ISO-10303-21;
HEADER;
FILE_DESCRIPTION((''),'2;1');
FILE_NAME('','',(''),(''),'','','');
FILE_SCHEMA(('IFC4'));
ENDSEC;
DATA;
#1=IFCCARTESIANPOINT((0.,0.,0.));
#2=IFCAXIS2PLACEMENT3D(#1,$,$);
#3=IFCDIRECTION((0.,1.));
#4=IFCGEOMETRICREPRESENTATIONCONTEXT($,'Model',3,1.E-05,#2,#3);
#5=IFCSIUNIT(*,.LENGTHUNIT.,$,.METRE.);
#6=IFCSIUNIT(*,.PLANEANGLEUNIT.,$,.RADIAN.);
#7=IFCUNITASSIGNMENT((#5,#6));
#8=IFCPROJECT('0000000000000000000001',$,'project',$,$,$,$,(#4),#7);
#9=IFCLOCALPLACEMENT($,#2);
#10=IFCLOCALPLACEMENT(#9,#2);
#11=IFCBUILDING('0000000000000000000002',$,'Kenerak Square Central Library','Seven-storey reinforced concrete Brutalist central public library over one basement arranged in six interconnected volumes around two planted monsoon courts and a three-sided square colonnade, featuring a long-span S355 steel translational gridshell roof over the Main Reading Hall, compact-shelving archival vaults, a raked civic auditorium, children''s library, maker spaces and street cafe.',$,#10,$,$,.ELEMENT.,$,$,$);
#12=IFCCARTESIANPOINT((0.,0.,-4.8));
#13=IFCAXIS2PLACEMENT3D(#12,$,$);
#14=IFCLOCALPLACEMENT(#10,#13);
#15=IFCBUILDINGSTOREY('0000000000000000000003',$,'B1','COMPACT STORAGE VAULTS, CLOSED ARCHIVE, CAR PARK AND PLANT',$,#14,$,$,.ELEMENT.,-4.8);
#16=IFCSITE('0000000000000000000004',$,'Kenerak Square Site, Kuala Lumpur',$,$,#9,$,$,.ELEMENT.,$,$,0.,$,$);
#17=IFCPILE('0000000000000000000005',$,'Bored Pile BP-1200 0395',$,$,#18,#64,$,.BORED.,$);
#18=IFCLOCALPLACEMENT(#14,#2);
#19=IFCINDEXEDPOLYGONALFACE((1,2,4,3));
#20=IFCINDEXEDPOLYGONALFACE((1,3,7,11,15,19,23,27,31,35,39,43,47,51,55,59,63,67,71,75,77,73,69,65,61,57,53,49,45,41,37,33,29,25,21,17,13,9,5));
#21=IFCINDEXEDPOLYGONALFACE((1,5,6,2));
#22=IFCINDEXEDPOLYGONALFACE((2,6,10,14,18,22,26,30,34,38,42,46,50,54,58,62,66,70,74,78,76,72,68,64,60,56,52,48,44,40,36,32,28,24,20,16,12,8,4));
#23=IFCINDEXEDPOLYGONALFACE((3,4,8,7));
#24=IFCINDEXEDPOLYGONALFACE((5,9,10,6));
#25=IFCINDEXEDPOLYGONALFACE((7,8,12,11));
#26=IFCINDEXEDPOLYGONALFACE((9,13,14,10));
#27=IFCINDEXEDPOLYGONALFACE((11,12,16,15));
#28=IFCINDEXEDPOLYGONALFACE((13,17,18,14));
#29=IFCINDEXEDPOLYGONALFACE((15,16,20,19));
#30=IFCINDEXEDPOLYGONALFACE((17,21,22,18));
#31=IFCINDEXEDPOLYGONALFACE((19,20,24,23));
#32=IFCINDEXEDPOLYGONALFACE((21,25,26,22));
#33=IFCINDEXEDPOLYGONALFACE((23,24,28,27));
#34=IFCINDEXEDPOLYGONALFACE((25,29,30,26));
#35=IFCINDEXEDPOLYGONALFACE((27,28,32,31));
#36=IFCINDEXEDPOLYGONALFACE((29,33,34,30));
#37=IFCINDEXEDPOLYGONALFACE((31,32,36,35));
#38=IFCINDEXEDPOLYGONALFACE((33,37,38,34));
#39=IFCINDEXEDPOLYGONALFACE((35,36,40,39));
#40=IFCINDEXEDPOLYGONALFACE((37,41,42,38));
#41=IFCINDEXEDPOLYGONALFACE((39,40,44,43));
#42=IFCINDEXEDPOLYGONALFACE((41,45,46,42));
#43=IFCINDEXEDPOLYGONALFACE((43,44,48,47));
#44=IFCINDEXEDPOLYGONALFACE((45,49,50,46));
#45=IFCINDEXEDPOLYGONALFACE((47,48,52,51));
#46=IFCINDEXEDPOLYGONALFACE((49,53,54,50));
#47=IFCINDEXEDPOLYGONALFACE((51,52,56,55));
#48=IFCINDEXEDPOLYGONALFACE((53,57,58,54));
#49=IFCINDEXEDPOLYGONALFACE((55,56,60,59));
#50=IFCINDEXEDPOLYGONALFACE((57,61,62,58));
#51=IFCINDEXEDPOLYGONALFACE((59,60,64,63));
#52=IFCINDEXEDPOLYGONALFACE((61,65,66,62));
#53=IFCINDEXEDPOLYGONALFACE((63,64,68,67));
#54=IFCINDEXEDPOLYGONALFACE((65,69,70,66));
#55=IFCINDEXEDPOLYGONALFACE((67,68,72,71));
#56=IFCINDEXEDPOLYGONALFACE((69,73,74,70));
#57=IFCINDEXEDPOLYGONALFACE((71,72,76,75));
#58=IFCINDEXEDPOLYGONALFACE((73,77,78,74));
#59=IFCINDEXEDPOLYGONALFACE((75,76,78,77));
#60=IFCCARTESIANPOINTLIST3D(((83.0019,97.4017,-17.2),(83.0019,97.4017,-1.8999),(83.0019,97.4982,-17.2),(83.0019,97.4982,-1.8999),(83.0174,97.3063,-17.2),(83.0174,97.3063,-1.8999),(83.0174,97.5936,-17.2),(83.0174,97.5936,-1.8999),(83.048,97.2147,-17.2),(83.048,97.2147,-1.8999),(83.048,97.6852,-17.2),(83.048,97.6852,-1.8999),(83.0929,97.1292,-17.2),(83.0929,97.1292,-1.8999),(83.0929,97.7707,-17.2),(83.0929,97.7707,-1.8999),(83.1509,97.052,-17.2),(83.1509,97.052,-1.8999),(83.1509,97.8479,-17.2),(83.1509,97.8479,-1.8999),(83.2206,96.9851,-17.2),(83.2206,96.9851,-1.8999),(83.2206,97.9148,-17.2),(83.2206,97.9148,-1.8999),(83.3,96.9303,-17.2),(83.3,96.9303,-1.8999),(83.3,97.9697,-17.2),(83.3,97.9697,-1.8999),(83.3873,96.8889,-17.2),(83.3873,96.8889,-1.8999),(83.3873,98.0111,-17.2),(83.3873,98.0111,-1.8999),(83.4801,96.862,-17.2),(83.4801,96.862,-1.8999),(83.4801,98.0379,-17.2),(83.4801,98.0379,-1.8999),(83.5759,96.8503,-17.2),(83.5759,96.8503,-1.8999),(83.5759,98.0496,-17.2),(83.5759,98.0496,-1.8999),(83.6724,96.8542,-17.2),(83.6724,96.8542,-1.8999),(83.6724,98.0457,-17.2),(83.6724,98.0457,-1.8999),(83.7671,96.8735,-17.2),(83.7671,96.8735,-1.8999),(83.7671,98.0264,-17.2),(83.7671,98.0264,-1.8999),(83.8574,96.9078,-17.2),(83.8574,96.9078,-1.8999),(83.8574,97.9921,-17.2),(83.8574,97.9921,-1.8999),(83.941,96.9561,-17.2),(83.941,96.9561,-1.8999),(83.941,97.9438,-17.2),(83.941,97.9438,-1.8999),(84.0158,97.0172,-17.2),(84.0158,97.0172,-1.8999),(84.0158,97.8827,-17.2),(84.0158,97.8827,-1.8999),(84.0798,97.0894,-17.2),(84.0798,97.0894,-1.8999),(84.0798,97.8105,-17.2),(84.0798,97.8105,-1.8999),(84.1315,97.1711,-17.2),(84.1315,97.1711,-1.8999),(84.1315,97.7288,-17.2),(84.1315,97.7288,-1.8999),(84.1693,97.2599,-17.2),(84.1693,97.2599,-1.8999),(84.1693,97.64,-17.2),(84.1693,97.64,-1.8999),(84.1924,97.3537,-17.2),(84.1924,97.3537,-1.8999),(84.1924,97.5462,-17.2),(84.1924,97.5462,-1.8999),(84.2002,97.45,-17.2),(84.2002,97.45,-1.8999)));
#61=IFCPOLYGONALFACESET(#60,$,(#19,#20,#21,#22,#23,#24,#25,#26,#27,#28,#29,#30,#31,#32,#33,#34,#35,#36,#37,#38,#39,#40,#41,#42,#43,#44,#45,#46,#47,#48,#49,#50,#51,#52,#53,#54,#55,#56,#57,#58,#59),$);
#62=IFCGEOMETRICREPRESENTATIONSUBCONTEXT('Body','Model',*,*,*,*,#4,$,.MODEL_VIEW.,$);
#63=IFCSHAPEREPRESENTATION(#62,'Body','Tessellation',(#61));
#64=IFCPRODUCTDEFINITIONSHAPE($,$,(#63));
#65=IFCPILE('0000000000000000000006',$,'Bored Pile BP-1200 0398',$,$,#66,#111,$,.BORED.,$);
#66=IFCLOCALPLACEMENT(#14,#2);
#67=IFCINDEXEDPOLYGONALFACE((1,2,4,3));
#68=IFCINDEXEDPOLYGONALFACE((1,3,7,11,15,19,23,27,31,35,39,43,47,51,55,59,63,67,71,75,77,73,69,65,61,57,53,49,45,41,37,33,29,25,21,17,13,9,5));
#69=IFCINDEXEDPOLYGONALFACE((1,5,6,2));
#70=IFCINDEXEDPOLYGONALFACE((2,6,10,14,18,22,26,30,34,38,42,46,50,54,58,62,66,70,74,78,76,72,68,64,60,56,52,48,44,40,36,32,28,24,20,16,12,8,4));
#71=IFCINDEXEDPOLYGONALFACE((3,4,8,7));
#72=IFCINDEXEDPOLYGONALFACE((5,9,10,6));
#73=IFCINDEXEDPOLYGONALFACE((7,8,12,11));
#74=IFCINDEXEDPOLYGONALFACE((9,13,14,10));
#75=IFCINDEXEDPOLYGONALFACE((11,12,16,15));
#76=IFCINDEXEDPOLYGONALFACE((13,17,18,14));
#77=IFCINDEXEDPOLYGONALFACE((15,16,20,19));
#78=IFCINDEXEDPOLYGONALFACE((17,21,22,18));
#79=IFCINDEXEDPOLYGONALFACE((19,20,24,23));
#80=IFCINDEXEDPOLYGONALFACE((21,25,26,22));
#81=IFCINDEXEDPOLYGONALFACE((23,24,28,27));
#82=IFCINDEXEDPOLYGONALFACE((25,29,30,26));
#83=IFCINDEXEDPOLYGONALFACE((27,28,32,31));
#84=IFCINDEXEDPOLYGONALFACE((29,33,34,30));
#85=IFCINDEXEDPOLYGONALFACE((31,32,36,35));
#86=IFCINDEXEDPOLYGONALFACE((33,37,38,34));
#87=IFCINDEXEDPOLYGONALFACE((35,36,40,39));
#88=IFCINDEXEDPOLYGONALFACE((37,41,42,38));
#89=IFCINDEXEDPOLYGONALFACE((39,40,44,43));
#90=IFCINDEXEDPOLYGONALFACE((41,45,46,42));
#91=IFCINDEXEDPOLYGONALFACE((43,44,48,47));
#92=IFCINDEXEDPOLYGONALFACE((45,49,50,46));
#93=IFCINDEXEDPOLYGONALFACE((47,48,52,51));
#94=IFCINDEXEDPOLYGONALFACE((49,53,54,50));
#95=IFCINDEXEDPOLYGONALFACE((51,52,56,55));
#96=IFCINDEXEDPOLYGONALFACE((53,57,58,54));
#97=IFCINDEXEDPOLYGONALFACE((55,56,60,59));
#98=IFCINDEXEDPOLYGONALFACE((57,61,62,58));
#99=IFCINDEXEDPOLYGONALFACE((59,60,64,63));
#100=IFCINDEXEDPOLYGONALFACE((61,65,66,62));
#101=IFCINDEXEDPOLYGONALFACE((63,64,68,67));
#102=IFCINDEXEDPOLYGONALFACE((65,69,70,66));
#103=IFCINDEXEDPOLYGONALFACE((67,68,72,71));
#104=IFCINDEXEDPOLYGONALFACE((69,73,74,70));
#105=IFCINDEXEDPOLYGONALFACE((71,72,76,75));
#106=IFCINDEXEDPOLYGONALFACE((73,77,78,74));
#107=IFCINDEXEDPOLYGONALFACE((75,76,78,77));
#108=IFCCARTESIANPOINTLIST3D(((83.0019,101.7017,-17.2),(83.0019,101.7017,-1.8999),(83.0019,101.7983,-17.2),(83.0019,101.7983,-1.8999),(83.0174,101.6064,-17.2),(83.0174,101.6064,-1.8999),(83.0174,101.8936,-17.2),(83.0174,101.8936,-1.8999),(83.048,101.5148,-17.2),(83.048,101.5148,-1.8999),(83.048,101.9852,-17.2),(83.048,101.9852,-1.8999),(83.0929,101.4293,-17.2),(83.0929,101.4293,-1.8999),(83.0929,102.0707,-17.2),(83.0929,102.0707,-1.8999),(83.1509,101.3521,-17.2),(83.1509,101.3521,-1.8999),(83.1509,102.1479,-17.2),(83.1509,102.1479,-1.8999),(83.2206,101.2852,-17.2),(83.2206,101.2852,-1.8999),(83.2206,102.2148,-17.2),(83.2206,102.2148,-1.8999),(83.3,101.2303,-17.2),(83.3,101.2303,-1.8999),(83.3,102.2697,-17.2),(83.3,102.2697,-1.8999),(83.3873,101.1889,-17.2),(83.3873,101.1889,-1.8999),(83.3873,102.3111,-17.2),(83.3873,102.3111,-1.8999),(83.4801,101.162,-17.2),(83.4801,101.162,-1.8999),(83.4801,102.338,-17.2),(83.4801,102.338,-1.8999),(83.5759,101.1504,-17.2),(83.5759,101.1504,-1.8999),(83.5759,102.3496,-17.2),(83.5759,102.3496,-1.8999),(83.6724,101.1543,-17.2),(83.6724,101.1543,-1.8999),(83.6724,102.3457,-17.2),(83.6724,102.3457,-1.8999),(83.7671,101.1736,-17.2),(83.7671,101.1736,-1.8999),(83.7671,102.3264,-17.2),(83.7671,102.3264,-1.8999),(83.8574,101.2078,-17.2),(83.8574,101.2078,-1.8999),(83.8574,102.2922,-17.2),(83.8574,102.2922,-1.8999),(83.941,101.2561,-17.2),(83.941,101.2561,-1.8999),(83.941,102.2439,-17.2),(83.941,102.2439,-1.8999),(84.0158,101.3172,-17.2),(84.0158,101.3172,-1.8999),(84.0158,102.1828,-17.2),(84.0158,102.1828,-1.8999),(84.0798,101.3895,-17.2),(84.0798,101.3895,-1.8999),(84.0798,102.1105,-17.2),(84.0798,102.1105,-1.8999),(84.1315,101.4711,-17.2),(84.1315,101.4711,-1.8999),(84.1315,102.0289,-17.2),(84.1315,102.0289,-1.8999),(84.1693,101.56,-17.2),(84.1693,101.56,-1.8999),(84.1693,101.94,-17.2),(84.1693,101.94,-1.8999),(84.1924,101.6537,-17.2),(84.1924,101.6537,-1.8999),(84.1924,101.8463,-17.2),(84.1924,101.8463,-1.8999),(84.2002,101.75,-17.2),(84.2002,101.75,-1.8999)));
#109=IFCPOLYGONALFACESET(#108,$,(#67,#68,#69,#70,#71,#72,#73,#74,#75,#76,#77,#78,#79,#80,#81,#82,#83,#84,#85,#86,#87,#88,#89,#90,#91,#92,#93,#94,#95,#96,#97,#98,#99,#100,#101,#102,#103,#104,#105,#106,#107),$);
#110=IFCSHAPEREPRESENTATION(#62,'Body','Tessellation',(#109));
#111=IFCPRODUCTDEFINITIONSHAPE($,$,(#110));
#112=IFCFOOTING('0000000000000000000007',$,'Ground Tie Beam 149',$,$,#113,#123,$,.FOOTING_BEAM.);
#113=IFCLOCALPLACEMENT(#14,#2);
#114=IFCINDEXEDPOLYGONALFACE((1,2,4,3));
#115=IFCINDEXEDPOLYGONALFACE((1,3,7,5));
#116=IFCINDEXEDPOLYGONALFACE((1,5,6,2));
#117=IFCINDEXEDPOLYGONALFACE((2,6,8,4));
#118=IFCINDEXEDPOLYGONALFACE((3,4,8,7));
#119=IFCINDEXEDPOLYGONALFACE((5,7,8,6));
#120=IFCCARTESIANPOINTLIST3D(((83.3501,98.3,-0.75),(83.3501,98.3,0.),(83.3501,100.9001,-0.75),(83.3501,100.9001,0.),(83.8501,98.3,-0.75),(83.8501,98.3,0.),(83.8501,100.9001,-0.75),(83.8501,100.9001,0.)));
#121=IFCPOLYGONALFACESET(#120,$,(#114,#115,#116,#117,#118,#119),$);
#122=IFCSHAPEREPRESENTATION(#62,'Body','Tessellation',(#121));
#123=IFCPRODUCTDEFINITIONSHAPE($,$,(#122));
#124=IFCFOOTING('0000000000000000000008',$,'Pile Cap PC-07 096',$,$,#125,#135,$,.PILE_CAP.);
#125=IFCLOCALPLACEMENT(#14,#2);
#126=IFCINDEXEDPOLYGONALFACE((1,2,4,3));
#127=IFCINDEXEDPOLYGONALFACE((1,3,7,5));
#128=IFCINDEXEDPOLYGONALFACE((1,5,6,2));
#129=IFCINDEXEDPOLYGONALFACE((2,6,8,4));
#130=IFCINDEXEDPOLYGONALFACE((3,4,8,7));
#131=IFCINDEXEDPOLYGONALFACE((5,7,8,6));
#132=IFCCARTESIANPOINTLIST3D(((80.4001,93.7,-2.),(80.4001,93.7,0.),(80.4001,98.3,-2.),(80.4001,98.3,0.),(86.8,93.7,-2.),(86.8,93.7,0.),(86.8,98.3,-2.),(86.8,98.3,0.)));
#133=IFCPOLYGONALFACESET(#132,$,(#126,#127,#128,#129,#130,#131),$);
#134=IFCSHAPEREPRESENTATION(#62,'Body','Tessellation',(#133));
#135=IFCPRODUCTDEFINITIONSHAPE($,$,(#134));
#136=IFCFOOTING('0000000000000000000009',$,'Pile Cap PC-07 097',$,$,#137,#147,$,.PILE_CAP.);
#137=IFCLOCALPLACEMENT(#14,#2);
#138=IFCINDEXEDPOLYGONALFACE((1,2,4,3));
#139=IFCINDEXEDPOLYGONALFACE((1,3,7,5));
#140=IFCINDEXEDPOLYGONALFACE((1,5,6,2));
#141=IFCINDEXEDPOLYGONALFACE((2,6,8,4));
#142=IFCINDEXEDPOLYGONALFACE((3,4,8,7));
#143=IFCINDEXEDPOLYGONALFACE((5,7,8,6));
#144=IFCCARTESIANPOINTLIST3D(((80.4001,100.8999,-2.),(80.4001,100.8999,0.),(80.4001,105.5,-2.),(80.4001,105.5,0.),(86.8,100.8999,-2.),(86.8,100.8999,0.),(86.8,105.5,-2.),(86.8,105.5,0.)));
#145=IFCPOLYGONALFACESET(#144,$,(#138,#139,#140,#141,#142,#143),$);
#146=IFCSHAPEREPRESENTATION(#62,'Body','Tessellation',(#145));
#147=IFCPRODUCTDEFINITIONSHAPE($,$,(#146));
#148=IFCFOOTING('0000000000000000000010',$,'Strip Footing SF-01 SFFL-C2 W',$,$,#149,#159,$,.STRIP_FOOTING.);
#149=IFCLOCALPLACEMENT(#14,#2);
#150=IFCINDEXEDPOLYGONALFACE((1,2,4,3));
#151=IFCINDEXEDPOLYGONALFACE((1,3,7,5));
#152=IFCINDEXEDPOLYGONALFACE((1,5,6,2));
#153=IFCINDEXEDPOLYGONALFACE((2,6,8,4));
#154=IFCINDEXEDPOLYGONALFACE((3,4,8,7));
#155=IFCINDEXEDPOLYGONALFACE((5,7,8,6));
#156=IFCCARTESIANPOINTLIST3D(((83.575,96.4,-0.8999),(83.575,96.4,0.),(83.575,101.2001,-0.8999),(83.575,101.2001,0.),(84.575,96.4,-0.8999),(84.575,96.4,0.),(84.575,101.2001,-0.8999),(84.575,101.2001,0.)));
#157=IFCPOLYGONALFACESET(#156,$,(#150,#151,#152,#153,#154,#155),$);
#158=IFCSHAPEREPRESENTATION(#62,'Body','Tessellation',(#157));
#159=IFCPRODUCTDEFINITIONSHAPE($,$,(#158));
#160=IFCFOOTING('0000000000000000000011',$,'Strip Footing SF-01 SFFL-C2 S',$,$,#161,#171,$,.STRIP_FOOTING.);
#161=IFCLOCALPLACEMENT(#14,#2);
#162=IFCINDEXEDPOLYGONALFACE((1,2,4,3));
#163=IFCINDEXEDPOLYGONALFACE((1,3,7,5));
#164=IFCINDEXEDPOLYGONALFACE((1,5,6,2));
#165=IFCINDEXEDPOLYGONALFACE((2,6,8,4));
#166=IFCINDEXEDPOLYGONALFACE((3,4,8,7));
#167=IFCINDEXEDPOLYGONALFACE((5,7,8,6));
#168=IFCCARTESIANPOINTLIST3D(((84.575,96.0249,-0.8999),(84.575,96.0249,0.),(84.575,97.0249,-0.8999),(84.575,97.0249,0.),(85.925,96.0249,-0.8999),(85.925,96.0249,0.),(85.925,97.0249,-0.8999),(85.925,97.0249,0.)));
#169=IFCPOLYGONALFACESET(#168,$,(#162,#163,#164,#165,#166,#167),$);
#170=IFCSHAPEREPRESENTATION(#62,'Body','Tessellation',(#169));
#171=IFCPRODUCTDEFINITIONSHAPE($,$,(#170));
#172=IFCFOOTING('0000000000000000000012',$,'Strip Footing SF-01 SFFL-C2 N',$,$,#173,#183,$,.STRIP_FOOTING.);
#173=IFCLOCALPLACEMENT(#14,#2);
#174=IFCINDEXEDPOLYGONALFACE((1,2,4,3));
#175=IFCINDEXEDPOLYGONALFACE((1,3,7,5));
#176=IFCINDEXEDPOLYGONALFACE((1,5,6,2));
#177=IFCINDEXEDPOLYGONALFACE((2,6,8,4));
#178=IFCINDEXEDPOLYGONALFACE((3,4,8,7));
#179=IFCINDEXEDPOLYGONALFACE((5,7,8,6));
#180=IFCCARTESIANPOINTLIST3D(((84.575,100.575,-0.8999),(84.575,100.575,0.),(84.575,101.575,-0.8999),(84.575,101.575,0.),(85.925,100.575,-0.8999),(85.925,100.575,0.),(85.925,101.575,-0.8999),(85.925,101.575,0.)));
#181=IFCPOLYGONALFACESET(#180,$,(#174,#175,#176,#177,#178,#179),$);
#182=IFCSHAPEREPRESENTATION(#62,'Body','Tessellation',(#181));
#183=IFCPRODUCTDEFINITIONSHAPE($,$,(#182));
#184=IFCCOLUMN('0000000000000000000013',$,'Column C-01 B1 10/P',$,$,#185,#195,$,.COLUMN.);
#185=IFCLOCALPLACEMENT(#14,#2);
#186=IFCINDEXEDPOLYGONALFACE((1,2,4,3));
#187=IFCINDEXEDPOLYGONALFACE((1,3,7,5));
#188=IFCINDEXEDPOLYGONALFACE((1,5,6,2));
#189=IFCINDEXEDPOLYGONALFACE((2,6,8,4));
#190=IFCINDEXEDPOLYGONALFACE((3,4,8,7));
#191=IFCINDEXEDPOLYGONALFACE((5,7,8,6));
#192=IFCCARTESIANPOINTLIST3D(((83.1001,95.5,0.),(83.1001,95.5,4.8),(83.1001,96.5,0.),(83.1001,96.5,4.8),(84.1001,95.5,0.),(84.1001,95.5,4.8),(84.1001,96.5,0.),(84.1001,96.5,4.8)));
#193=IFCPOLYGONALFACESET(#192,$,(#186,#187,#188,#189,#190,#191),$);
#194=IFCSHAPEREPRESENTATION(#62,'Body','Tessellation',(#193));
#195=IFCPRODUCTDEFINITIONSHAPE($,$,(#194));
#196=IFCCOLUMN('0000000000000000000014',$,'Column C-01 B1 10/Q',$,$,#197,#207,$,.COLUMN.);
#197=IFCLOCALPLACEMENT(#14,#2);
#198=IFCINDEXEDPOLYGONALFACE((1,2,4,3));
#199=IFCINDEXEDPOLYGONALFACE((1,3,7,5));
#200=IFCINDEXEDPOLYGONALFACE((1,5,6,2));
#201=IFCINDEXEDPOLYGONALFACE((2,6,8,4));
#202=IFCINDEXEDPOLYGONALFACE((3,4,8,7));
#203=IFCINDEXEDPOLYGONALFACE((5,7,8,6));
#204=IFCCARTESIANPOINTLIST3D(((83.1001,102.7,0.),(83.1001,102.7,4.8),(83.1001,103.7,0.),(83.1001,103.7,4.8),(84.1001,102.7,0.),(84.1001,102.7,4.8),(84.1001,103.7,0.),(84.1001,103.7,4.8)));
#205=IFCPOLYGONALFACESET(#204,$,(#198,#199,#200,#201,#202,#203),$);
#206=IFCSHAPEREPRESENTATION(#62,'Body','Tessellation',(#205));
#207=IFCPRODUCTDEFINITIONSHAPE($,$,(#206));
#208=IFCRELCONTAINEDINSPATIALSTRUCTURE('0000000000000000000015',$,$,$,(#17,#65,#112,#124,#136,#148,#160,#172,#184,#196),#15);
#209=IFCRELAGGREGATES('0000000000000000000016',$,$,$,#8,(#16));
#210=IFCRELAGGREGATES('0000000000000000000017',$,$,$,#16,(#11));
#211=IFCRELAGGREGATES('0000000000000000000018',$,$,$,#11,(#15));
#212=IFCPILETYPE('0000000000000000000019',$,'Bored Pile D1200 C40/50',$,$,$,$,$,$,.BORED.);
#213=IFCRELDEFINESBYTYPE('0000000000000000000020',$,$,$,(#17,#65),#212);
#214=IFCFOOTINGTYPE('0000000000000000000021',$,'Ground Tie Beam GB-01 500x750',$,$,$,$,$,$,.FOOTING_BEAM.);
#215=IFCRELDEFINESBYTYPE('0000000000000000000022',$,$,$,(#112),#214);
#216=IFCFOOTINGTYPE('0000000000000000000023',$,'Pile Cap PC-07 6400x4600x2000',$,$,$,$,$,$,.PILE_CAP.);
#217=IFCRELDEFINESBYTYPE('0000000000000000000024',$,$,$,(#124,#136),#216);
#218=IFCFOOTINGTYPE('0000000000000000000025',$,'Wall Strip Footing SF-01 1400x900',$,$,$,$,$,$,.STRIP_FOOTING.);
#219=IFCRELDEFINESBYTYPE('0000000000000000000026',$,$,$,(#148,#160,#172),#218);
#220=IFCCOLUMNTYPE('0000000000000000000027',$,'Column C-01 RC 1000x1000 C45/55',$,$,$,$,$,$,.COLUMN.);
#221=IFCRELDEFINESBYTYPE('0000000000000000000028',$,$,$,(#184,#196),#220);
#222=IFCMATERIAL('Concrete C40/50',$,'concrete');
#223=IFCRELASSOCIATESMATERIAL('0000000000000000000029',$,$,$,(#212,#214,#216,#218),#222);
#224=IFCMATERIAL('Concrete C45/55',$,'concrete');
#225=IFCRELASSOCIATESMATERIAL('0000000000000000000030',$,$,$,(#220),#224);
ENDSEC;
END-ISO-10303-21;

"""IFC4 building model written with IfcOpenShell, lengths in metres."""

from ifc_helpers import new_model, si_unit, direction, frame, origin, origin_2d, place, context, subcontext, project, spatial, rectangle, circle, extrude, material, material_profile, profile_set, type_object, element, save


model = new_model("IFC4")

# Units and contexts
model_context = context("Model", 3, precision=1e-05, world=origin(), true_north=direction((0.0, 1.0)))
body_context = subcontext(model_context, "Body", "Model", "MODEL_VIEW")
ifc_project = project(units=[si_unit("LENGTHUNIT", "METRE"), si_unit("PLANEANGLEUNIT", "RADIAN")], contexts=[model_context])

# Site, building, storey
site_placement = place(None, origin())
site = spatial("IfcSite", under=ifc_project, at=site_placement, Name="Kenerak Square Site, Kuala Lumpur", CompositionType="ELEMENT", RefElevation=0.0)
building_placement = place(site_placement, origin())
building = spatial("IfcBuilding", under=site, at=building_placement, Name="Kenerak Square Central Library", Description="Seven-storey reinforced concrete Brutalist central public library over one basement arranged in six interconnected volumes around two planted monsoon courts and a three-sided square colonnade, featuring a long-span S355 steel translational gridshell roof over the Main Reading Hall, compact-shelving archival vaults, a raked civic auditorium, children's library, maker spaces and street cafe.", CompositionType="ELEMENT")
storey_placement = place(building_placement, frame((0.0, 0.0, -4.8)))
storey = spatial("IfcBuildingStorey", under=building, at=storey_placement, Name="B1", Description="COMPACT STORAGE VAULTS, CLOSED ARCHIVE, CAR PARK AND PLANT", CompositionType="ELEMENT", Elevation=-4.8)

# Piles
ifc_material_1 = material(Name="Concrete C40/50", Category="concrete")
ifc_material_profile_1 = material_profile(ifc_material_1, circle(Radius=0.6001, at=origin_2d()), Name="BP D1200")
ifc_profile_set_1 = profile_set([ifc_material_profile_1], Name="Concrete C40/50")
pile_type = type_object("IfcPileType", Name="Bored Pile D1200 C40/50", PredefinedType="BORED", material=ifc_profile_set_1)
for number, where, z_axis, x_axis, name in (
    (1, (83.6001, 97.45, -1.8999), (0.0, 0.0, -1.0), (1.0, 0.0, 0.0), "Bored Pile BP-1200 0395"),
    (2, (83.6001, 101.75, -1.8999), (0.0, 0.0, -1.0), (1.0, 0.0, 0.0), "Bored Pile BP-1200 0398"),
):
    element("IfcPile", number, at=place(storey_placement, frame(where, z_axis=z_axis, x_axis=x_axis)), inside=storey, type_object=pile_type, Name=name, PredefinedType="BORED", context=body_context, shape_type="SweptSolid", body=[
        extrude(circle(Radius=0.6001, at=origin_2d()), origin(), (0.0, 0.0, 1.0), 15.3),
    ])

# Footings
footing_type_1 = type_object("IfcFootingType", Name="Ground Tie Beam GB-01 500x750", PredefinedType="FOOTING_BEAM", material=ifc_material_1)
footing_1_placement = place(storey_placement, frame((83.6001, 99.6001, -0.75), z_axis=(0.0, 0.0, 1.0), x_axis=(1.0, 0.0, 0.0)))
element("IfcFooting", 3, at=footing_1_placement, inside=storey, type_object=footing_type_1, Name="Ground Tie Beam 149", PredefinedType="FOOTING_BEAM", context=body_context, shape_type="SweptSolid", body=[
    extrude(rectangle(XDim=0.5, YDim=2.6001, at=origin_2d()), origin(), (0.0, 0.0, 1.0), 0.75),
])
footing_type_2 = type_object("IfcFootingType", Name="Pile Cap PC-07 6400x4600x2000", PredefinedType="PILE_CAP", material=ifc_material_1)
for number, where, z_axis, x_axis, name in (
    (4, (83.6001, 96.0, -2.0), (0.0, 0.0, 1.0), (1.0, 0.0, 0.0), "Pile Cap PC-07 096"),
    (5, (83.6001, 103.2, -2.0), (0.0, 0.0, 1.0), (1.0, 0.0, 0.0), "Pile Cap PC-07 097"),
):
    element("IfcFooting", number, at=place(storey_placement, frame(where, z_axis=z_axis, x_axis=x_axis)), inside=storey, type_object=footing_type_2, Name=name, PredefinedType="PILE_CAP", context=body_context, shape_type="SweptSolid", body=[
        extrude(rectangle(XDim=6.3999, YDim=4.6001, at=origin_2d()), origin(), (0.0, 0.0, 1.0), 2.0),
    ])
footing_type_3 = type_object("IfcFootingType", Name="Wall Strip Footing SF-01 1400x900", PredefinedType="STRIP_FOOTING", material=ifc_material_1)
footing_2_placement = place(storey_placement, frame((84.075, 98.8, -0.8999), z_axis=(0.0, 0.0, 1.0), x_axis=(1.0, 0.0, 0.0)))
element("IfcFooting", 6, at=footing_2_placement, inside=storey, type_object=footing_type_3, Name="Strip Footing SF-01 SFFL-C2 W", PredefinedType="STRIP_FOOTING", context=body_context, shape_type="SweptSolid", body=[
    extrude(rectangle(XDim=1.0, YDim=4.8, at=origin_2d()), origin(), (0.0, 0.0, 1.0), 0.8999),
])
for number, where, z_axis, x_axis, name in (
    (7, (85.25, 96.5249, -0.8999), (0.0, 0.0, 1.0), (1.0, 0.0, 0.0), "Strip Footing SF-01 SFFL-C2 S"),
    (8, (85.25, 101.075, -0.8999), (0.0, 0.0, 1.0), (1.0, 0.0, 0.0), "Strip Footing SF-01 SFFL-C2 N"),
):
    element("IfcFooting", number, at=place(storey_placement, frame(where, z_axis=z_axis, x_axis=x_axis)), inside=storey, type_object=footing_type_3, Name=name, PredefinedType="STRIP_FOOTING", context=body_context, shape_type="SweptSolid", body=[
        extrude(rectangle(XDim=1.3501, YDim=1.0, at=origin_2d()), origin(), (0.0, 0.0, 1.0), 0.8999),
    ])

# Columns
ifc_material_2 = material(Name="Concrete C45/55", Category="concrete")
ifc_material_profile_2 = material_profile(ifc_material_2, rectangle(XDim=1.0, YDim=1.0, at=origin_2d()), Name="RC 1000x1000")
ifc_profile_set_2 = profile_set([ifc_material_profile_2], Name="Concrete C45/55")
column_type = type_object("IfcColumnType", Name="Column C-01 RC 1000x1000 C45/55", PredefinedType="COLUMN", material=ifc_profile_set_2)
for number, where, z_axis, x_axis, name in (
    (9, (83.6001, 96.0, 0.0), (0.0, 0.0, 1.0), (1.0, 0.0, 0.0), "Column C-01 B1 10/P"),
    (10, (83.6001, 103.2, 0.0), (0.0, 0.0, 1.0), (1.0, 0.0, 0.0), "Column C-01 B1 10/Q"),
):
    element("IfcColumn", number, at=place(storey_placement, frame(where, z_axis=z_axis, x_axis=x_axis)), inside=storey, type_object=column_type, Name=name, PredefinedType="COLUMN", context=body_context, shape_type="SweptSolid", body=[
        extrude(rectangle(XDim=1.0, YDim=1.0, at=origin_2d()), origin(), (0.0, 0.0, 1.0), 4.8),
    ])

save(model, "model.ifc")
